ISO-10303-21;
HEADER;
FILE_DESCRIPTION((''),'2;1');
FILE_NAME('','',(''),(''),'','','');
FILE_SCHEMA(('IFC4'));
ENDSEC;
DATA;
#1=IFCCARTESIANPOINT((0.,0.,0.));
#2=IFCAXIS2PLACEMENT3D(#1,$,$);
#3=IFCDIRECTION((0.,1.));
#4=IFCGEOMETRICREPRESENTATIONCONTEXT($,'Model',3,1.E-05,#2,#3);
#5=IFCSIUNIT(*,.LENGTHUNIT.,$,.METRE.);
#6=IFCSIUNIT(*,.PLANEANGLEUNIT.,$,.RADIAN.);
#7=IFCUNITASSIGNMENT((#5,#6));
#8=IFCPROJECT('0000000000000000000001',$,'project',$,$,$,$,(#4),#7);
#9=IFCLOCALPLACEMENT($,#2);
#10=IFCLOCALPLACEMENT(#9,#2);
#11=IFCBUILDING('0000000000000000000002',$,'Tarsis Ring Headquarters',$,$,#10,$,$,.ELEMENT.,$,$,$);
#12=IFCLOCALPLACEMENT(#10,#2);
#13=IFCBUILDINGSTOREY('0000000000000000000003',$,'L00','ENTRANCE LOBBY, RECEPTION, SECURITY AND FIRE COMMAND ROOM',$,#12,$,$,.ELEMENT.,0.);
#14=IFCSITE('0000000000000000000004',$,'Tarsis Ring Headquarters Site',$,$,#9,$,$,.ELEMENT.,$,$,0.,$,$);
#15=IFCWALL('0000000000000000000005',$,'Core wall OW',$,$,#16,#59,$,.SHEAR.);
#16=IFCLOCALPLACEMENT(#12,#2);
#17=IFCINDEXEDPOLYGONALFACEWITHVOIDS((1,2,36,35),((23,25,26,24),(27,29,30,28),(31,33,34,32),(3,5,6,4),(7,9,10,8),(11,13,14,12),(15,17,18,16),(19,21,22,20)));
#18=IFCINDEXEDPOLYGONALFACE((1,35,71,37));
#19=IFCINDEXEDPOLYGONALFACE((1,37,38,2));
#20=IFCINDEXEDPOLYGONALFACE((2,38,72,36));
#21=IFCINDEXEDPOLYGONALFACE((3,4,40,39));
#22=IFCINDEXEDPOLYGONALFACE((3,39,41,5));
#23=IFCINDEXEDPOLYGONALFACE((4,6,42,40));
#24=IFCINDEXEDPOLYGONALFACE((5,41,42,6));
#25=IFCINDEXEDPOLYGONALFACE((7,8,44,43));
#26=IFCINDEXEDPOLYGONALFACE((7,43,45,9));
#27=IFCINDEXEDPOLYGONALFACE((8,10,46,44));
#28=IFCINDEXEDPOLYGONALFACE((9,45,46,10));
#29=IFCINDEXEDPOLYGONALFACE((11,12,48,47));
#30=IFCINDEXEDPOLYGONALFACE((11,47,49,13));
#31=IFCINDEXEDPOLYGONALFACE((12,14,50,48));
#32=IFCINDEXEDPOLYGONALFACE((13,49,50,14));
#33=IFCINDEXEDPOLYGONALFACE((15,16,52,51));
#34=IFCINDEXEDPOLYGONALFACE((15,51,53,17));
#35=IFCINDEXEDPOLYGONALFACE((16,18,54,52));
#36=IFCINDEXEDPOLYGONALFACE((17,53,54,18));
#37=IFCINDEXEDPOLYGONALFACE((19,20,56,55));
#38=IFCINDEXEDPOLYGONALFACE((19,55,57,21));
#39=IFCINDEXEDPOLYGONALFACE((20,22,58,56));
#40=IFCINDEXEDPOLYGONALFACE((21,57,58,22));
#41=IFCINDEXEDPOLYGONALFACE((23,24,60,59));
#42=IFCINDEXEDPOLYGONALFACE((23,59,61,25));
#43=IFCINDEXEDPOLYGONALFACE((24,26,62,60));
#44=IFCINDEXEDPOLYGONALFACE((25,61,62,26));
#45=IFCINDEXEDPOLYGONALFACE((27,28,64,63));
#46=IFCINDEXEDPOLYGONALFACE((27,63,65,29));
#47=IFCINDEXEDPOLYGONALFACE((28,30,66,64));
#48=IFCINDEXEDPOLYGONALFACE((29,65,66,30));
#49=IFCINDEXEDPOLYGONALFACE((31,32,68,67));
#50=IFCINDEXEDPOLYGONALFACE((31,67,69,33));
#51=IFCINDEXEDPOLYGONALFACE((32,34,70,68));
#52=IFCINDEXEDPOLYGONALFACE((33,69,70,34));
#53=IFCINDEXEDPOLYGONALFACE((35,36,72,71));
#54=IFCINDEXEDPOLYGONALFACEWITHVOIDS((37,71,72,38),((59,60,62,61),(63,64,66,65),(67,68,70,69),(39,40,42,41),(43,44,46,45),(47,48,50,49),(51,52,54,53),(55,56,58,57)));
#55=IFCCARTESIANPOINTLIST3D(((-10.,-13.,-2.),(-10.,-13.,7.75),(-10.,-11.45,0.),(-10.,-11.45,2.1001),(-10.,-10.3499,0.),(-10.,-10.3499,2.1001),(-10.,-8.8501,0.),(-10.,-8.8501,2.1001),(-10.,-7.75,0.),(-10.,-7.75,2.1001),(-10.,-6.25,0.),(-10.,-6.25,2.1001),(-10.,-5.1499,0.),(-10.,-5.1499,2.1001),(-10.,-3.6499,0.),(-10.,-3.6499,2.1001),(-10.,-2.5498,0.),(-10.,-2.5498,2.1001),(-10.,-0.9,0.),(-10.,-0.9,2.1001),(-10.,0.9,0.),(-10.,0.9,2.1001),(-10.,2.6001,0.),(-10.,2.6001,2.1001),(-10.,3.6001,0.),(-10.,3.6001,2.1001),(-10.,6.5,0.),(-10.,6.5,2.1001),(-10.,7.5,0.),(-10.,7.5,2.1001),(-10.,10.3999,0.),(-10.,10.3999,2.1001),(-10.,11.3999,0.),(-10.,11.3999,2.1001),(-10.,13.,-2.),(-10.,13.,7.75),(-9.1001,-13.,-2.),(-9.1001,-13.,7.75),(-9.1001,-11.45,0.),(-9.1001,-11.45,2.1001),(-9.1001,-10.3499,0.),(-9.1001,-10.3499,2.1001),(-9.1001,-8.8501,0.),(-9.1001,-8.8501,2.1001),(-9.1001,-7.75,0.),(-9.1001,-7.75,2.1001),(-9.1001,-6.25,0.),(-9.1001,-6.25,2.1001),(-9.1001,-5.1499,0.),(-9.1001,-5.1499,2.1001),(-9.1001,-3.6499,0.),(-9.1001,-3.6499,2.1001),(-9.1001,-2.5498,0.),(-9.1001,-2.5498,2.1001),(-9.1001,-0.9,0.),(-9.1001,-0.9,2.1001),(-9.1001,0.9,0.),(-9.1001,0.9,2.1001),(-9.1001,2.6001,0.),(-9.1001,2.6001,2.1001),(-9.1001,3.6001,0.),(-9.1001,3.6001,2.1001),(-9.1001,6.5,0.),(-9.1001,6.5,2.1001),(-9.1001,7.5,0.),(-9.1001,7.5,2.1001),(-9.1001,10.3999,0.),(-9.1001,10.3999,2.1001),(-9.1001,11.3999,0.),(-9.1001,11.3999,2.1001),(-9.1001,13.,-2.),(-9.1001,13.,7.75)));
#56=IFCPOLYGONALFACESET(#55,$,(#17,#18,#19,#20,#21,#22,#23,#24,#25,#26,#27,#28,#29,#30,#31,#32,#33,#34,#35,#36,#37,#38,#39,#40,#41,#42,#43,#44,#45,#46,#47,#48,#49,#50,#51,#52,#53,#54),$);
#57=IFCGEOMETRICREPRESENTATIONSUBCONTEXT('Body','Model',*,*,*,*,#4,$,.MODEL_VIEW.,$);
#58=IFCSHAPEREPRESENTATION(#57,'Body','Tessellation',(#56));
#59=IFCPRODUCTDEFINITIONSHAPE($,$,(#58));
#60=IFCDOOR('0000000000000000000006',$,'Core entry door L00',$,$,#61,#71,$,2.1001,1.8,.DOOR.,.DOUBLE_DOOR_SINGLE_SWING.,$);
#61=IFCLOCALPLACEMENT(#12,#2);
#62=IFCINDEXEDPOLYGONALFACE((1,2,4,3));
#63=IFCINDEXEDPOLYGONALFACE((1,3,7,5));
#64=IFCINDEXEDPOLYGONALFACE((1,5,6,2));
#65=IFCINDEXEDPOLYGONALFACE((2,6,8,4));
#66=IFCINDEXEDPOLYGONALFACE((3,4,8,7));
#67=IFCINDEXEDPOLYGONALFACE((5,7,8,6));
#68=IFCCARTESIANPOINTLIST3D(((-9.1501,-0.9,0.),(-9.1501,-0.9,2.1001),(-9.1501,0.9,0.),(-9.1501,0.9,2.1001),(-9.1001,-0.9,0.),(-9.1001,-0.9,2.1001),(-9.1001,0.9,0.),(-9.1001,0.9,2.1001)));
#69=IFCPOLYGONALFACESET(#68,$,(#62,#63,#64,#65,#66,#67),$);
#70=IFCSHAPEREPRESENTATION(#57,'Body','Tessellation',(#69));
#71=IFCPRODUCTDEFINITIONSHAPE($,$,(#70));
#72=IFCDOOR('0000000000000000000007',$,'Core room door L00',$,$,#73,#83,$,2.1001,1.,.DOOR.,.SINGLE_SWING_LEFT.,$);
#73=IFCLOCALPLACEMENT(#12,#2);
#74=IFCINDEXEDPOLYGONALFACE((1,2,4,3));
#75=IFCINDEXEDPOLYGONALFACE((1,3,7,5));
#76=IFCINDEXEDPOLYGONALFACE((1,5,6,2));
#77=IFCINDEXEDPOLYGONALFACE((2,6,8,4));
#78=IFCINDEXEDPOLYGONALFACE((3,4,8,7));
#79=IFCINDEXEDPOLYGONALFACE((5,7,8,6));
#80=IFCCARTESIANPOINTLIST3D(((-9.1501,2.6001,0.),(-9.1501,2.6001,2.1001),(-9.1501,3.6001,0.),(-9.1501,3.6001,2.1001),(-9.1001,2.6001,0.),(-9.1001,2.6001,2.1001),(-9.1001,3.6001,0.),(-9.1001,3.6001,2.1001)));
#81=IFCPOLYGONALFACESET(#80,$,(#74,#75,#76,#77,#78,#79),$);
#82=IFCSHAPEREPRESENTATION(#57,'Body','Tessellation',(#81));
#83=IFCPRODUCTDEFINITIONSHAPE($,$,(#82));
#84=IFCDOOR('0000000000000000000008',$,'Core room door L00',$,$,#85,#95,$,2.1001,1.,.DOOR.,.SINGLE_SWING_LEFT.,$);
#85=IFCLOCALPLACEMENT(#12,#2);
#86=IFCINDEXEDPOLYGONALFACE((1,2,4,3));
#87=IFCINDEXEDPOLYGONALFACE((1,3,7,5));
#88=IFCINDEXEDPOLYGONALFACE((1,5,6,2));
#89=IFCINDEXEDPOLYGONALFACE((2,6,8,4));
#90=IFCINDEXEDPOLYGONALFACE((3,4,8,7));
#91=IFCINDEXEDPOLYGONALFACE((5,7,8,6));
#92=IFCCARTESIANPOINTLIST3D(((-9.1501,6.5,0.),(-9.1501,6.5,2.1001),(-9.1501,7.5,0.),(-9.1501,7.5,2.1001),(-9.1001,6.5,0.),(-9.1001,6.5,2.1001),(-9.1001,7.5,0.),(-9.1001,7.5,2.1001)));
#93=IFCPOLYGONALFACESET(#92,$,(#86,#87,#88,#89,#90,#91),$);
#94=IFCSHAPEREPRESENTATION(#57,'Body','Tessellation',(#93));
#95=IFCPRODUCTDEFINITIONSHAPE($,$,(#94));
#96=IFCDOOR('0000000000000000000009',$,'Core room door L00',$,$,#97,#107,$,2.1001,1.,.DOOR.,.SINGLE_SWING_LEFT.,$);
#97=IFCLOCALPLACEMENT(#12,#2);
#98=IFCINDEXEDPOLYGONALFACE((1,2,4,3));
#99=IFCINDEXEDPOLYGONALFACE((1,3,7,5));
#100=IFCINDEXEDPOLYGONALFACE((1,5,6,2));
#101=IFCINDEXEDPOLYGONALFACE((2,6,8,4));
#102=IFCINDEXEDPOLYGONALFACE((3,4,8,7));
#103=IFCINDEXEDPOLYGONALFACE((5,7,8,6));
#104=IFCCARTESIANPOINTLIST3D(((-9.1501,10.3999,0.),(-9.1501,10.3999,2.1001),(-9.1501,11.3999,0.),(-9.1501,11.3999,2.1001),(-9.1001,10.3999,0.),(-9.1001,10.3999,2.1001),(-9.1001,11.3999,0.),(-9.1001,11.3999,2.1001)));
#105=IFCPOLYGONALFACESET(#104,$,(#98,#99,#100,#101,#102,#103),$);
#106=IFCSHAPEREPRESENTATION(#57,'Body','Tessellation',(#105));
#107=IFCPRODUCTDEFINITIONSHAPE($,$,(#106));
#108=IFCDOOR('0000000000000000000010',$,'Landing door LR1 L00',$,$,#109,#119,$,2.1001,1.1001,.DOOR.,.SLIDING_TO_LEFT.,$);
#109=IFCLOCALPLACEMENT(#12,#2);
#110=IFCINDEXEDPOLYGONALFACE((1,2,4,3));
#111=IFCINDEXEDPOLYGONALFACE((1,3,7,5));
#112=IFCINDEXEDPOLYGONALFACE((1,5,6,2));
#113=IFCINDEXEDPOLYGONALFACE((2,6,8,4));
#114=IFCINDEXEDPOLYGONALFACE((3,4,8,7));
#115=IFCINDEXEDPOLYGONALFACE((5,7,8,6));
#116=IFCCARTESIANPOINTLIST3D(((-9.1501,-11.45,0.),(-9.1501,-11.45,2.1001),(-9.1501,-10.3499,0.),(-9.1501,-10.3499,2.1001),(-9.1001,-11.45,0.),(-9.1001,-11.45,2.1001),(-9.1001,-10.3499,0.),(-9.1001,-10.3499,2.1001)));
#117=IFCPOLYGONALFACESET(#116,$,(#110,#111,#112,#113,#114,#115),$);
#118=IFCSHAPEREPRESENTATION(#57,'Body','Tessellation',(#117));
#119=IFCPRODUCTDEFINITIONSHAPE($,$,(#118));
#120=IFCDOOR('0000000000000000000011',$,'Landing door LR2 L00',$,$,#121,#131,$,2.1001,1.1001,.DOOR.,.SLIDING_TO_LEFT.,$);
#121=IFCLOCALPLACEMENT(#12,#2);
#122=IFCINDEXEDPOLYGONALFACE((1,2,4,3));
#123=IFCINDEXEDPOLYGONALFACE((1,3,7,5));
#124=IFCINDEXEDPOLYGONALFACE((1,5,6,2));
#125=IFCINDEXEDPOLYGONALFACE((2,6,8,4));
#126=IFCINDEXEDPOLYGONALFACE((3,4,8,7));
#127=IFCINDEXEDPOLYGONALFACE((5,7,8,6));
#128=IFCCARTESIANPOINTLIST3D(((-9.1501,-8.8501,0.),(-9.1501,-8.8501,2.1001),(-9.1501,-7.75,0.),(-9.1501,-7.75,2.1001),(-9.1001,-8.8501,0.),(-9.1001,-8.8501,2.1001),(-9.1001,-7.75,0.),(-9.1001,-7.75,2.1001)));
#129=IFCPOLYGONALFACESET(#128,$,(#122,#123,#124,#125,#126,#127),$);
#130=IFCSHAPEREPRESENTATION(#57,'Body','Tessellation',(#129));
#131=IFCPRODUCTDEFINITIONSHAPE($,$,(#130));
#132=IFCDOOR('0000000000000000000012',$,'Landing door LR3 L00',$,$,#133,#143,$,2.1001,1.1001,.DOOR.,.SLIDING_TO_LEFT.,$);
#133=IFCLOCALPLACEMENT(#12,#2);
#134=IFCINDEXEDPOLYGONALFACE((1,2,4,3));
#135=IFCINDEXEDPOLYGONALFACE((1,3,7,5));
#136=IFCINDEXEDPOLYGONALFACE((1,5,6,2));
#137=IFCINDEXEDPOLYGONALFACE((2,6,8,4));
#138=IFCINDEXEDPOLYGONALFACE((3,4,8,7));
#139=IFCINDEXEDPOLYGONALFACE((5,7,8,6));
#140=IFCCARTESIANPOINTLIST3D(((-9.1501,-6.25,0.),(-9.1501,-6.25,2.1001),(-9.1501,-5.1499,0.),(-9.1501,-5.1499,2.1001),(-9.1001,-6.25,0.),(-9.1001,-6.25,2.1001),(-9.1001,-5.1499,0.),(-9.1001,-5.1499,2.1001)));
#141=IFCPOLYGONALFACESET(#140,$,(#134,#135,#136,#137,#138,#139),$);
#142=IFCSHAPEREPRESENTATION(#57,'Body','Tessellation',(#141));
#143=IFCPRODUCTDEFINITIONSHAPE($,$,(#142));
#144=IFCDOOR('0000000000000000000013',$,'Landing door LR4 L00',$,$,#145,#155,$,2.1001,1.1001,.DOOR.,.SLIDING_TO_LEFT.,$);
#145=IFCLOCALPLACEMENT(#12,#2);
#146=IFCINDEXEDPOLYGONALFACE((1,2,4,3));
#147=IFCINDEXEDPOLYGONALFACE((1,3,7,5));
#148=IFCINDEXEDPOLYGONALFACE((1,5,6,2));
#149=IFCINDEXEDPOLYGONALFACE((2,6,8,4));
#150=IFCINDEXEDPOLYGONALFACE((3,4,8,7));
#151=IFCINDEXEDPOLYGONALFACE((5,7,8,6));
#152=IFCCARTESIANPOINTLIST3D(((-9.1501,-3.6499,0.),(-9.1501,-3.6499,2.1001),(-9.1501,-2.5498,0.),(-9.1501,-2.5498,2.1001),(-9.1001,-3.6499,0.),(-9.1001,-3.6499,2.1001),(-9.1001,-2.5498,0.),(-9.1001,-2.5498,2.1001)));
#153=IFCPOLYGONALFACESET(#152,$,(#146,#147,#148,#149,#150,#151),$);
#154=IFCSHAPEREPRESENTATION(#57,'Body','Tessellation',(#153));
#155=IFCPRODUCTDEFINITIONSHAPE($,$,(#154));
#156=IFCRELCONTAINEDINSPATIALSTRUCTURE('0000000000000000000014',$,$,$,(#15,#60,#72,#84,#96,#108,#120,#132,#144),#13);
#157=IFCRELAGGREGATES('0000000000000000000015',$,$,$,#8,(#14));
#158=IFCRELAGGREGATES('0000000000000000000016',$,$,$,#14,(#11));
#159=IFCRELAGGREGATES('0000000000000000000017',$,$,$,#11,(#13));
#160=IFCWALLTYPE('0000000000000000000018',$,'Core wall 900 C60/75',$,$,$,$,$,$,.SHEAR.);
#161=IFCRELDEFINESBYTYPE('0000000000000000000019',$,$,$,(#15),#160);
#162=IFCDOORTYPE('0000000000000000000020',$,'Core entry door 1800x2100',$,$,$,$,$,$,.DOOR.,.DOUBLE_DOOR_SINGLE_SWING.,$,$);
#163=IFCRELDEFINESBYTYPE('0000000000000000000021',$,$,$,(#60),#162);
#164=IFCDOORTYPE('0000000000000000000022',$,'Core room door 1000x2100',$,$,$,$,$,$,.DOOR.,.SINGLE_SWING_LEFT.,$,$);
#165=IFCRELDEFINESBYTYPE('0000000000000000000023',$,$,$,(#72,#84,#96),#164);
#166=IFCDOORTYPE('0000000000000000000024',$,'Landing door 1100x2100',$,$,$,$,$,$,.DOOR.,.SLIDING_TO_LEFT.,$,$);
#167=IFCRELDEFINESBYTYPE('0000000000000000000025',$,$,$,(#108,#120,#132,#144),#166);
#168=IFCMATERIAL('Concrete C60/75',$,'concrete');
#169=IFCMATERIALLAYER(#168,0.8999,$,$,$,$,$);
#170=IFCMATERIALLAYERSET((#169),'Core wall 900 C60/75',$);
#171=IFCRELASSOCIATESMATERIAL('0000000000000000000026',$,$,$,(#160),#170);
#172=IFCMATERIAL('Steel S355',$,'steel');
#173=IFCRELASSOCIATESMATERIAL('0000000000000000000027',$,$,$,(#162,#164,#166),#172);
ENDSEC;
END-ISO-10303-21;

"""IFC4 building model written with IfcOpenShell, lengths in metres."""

from ifc_helpers import new_model, si_unit, direction, frame, frame_2d, origin, place, context, subcontext, project, spatial, rectangle, extrude, material, layer, layer_set, type_object, element, fill, save


model = new_model("IFC4")

# Units and contexts
model_context = context("Model", 3, precision=1e-05, world=origin(), true_north=direction((0.0, 1.0)))
body_context = subcontext(model_context, "Body", "Model", "MODEL_VIEW")
ifc_project = project(units=[si_unit("LENGTHUNIT", "METRE"), si_unit("PLANEANGLEUNIT", "RADIAN")], contexts=[model_context])

# Site, building, storey
site_placement = place(None, origin())
site = spatial("IfcSite", under=ifc_project, at=site_placement, Name="Tarsis Ring Headquarters Site", CompositionType="ELEMENT", RefElevation=0.0)
building_placement = place(site_placement, origin())
building = spatial("IfcBuilding", under=site, at=building_placement, Name="Tarsis Ring Headquarters", CompositionType="ELEMENT")
storey_placement = place(building_placement, origin())
storey = spatial("IfcBuildingStorey", under=building, at=storey_placement, Name="L00", Description="ENTRANCE LOBBY, RECEPTION, SECURITY AND FIRE COMMAND ROOM", CompositionType="ELEMENT", Elevation=0.0)

# Wall, openings, doors
ifc_material_1 = material(Name="Concrete C60/75", Category="concrete")
ifc_layer_1 = layer(ifc_material_1, 0.8999)
ifc_layer_set_1 = layer_set([ifc_layer_1], Name="Core wall 900 C60/75")
wall_type_1 = type_object("IfcWallType", Name="Core wall 900 C60/75", PredefinedType="SHEAR", material=ifc_layer_set_1)
wall_1_placement = place(storey_placement, frame((-9.55, -13.0, -2.0), z_axis=(0.0, 0.0, 1.0), x_axis=(0.0, 1.0, 0.0)))
wall_1 = element("IfcWall", 1, at=wall_1_placement, inside=storey, type_object=wall_type_1, Name="Core wall OW", PredefinedType="SHEAR", context=body_context, shape_type="SweptSolid", body=[
    extrude(rectangle(XDim=26.0, YDim=0.8999, at=frame_2d((13.0, 0.0))), origin(), (0.0, 0.0, 1.0), 9.75),
])
opening_1_placement = place(wall_1_placement, frame((1.55, 0.0, 2.0)))
opening_1 = element("IfcOpeningElement", 2, at=opening_1_placement, cuts=wall_1, PredefinedType="OPENING", context=body_context, shape_type="SweptSolid", body=[
    extrude(rectangle(XDim=1.1001, YDim=2.1001, at=frame_2d((0.55, 1.05))), frame((0.0, 0.46, 0.0), z_axis=(0.0, -1.0, 0.0), x_axis=(1.0, 0.0, 0.0)), (0.0, 0.0, 1.0), 0.9199),
])
opening_2_placement = place(wall_1_placement, frame((4.1499, 0.0, 2.0)))
opening_2 = element("IfcOpeningElement", 3, at=opening_2_placement, cuts=wall_1, PredefinedType="OPENING", context=body_context, shape_type="SweptSolid", body=[
    extrude(rectangle(XDim=1.1001, YDim=2.1001, at=frame_2d((0.55, 1.05))), frame((0.0, 0.46, 0.0), z_axis=(0.0, -1.0, 0.0), x_axis=(1.0, 0.0, 0.0)), (0.0, 0.0, 1.0), 0.9199),
])
opening_3_placement = place(wall_1_placement, frame((6.75, 0.0, 2.0)))
opening_3 = element("IfcOpeningElement", 4, at=opening_3_placement, cuts=wall_1, PredefinedType="OPENING", context=body_context, shape_type="SweptSolid", body=[
    extrude(rectangle(XDim=1.1001, YDim=2.1001, at=frame_2d((0.55, 1.05))), frame((0.0, 0.46, 0.0), z_axis=(0.0, -1.0, 0.0), x_axis=(1.0, 0.0, 0.0)), (0.0, 0.0, 1.0), 0.9199),
])
opening_4_placement = place(wall_1_placement, frame((9.3501, 0.0, 2.0)))
opening_4 = element("IfcOpeningElement", 5, at=opening_4_placement, cuts=wall_1, PredefinedType="OPENING", context=body_context, shape_type="SweptSolid", body=[
    extrude(rectangle(XDim=1.1001, YDim=2.1001, at=frame_2d((0.55, 1.05))), frame((0.0, 0.46, 0.0), z_axis=(0.0, -1.0, 0.0), x_axis=(1.0, 0.0, 0.0)), (0.0, 0.0, 1.0), 0.9199),
])
opening_5_placement = place(wall_1_placement, frame((12.1001, 0.0, 2.0)))
opening_5 = element("IfcOpeningElement", 6, at=opening_5_placement, cuts=wall_1, PredefinedType="OPENING", context=body_context, shape_type="SweptSolid", body=[
    extrude(rectangle(XDim=1.8, YDim=2.1001, at=frame_2d((0.8999, 1.05))), frame((0.0, 0.46, 0.0), z_axis=(0.0, -1.0, 0.0), x_axis=(1.0, 0.0, 0.0)), (0.0, 0.0, 1.0), 0.9199),
])
opening_6_placement = place(wall_1_placement, frame((15.6001, 0.0, 2.0)))
opening_6 = element("IfcOpeningElement", 7, at=opening_6_placement, cuts=wall_1, PredefinedType="OPENING", context=body_context, shape_type="SweptSolid", body=[
    extrude(rectangle(XDim=1.0, YDim=2.1001, at=frame_2d((0.5, 1.05))), frame((0.0, 0.46, 0.0), z_axis=(0.0, -1.0, 0.0), x_axis=(1.0, 0.0, 0.0)), (0.0, 0.0, 1.0), 0.9199),
])
opening_7_placement = place(wall_1_placement, frame((19.5, 0.0, 2.0)))
opening_7 = element("IfcOpeningElement", 8, at=opening_7_placement, cuts=wall_1, PredefinedType="OPENING", context=body_context, shape_type="SweptSolid", body=[
    extrude(rectangle(XDim=1.0, YDim=2.1001, at=frame_2d((0.5, 1.05))), frame((0.0, 0.46, 0.0), z_axis=(0.0, -1.0, 0.0), x_axis=(1.0, 0.0, 0.0)), (0.0, 0.0, 1.0), 0.9199),
])
opening_8_placement = place(wall_1_placement, frame((23.3999, 0.0, 2.0)))
opening_8 = element("IfcOpeningElement", 9, at=opening_8_placement, cuts=wall_1, PredefinedType="OPENING", context=body_context, shape_type="SweptSolid", body=[
    extrude(rectangle(XDim=1.0, YDim=2.1001, at=frame_2d((0.5, 1.05))), frame((0.0, 0.46, 0.0), z_axis=(0.0, -1.0, 0.0), x_axis=(1.0, 0.0, 0.0)), (0.0, 0.0, 1.0), 0.9199),
])
ifc_material_2 = material(Name="Steel S355", Category="steel")
door_type_1 = type_object("IfcDoorType", Name="Core entry door 1800x2100", OperationType="DOUBLE_DOOR_SINGLE_SWING", PredefinedType="DOOR", material=ifc_material_2)
door_1_placement = place(opening_5_placement, origin())
door_1 = element("IfcDoor", 10, at=door_1_placement, inside=storey, type_object=door_type_1, Name="Core entry door L00", OperationType="DOUBLE_DOOR_SINGLE_SWING", OverallHeight=2.1001, OverallWidth=1.8, PredefinedType="DOOR", context=body_context, shape_type="SweptSolid", body=[
    extrude(rectangle(XDim=1.8, YDim=2.1001, at=frame_2d((0.8999, 1.05))), frame((0.0, -0.3999, 0.0), z_axis=(0.0, -1.0, 0.0), x_axis=(1.0, 0.0, 0.0)), (0.0, 0.0, 1.0), 0.05),
])
fill(opening_5, door_1)
door_type_2 = type_object("IfcDoorType", Name="Core room door 1000x2100", OperationType="SINGLE_SWING_LEFT", PredefinedType="DOOR", material=ifc_material_2)
door_2_placement = place(opening_6_placement, origin())
door_2 = element("IfcDoor", 11, at=door_2_placement, inside=storey, type_object=door_type_2, Name="Core room door L00", OperationType="SINGLE_SWING_LEFT", OverallHeight=2.1001, OverallWidth=1.0, PredefinedType="DOOR", context=body_context, shape_type="SweptSolid", body=[
    extrude(rectangle(XDim=1.0, YDim=2.1001, at=frame_2d((0.5, 1.05))), frame((0.0, -0.3999, 0.0), z_axis=(0.0, -1.0, 0.0), x_axis=(1.0, 0.0, 0.0)), (0.0, 0.0, 1.0), 0.05),
])
fill(opening_6, door_2)
door_3_placement = place(opening_7_placement, origin())
door_3 = element("IfcDoor", 12, at=door_3_placement, inside=storey, type_object=door_type_2, Name="Core room door L00", OperationType="SINGLE_SWING_LEFT", OverallHeight=2.1001, OverallWidth=1.0, PredefinedType="DOOR", context=body_context, shape_type="SweptSolid", body=[
    extrude(rectangle(XDim=1.0, YDim=2.1001, at=frame_2d((0.5, 1.05))), frame((0.0, -0.3999, 0.0), z_axis=(0.0, -1.0, 0.0), x_axis=(1.0, 0.0, 0.0)), (0.0, 0.0, 1.0), 0.05),
])
fill(opening_7, door_3)
door_4_placement = place(opening_8_placement, origin())
door_4 = element("IfcDoor", 13, at=door_4_placement, inside=storey, type_object=door_type_2, Name="Core room door L00", OperationType="SINGLE_SWING_LEFT", OverallHeight=2.1001, OverallWidth=1.0, PredefinedType="DOOR", context=body_context, shape_type="SweptSolid", body=[
    extrude(rectangle(XDim=1.0, YDim=2.1001, at=frame_2d((0.5, 1.05))), frame((0.0, -0.3999, 0.0), z_axis=(0.0, -1.0, 0.0), x_axis=(1.0, 0.0, 0.0)), (0.0, 0.0, 1.0), 0.05),
])
fill(opening_8, door_4)
door_type_3 = type_object("IfcDoorType", Name="Landing door 1100x2100", OperationType="SLIDING_TO_LEFT", PredefinedType="DOOR", material=ifc_material_2)
door_5_placement = place(opening_1_placement, origin())
door_5 = element("IfcDoor", 14, at=door_5_placement, inside=storey, type_object=door_type_3, Name="Landing door LR1 L00", OperationType="SLIDING_TO_LEFT", OverallHeight=2.1001, OverallWidth=1.1001, PredefinedType="DOOR", context=body_context, shape_type="SweptSolid", body=[
    extrude(rectangle(XDim=1.1001, YDim=2.1001, at=frame_2d((0.55, 1.05))), frame((0.0, -0.3999, 0.0), z_axis=(0.0, -1.0, 0.0), x_axis=(1.0, 0.0, 0.0)), (0.0, 0.0, 1.0), 0.05),
])
fill(opening_1, door_5)
door_6_placement = place(opening_2_placement, origin())
door_6 = element("IfcDoor", 15, at=door_6_placement, inside=storey, type_object=door_type_3, Name="Landing door LR2 L00", OperationType="SLIDING_TO_LEFT", OverallHeight=2.1001, OverallWidth=1.1001, PredefinedType="DOOR", context=body_context, shape_type="SweptSolid", body=[
    extrude(rectangle(XDim=1.1001, YDim=2.1001, at=frame_2d((0.55, 1.05))), frame((0.0, -0.3999, 0.0), z_axis=(0.0, -1.0, 0.0), x_axis=(1.0, 0.0, 0.0)), (0.0, 0.0, 1.0), 0.05),
])
fill(opening_2, door_6)
door_7_placement = place(opening_3_placement, origin())
door_7 = element("IfcDoor", 16, at=door_7_placement, inside=storey, type_object=door_type_3, Name="Landing door LR3 L00", OperationType="SLIDING_TO_LEFT", OverallHeight=2.1001, OverallWidth=1.1001, PredefinedType="DOOR", context=body_context, shape_type="SweptSolid", body=[
    extrude(rectangle(XDim=1.1001, YDim=2.1001, at=frame_2d((0.55, 1.05))), frame((0.0, -0.3999, 0.0), z_axis=(0.0, -1.0, 0.0), x_axis=(1.0, 0.0, 0.0)), (0.0, 0.0, 1.0), 0.05),
])
fill(opening_3, door_7)
door_8_placement = place(opening_4_placement, origin())
door_8 = element("IfcDoor", 17, at=door_8_placement, inside=storey, type_object=door_type_3, Name="Landing door LR4 L00", OperationType="SLIDING_TO_LEFT", OverallHeight=2.1001, OverallWidth=1.1001, PredefinedType="DOOR", context=body_context, shape_type="SweptSolid", body=[
    extrude(rectangle(XDim=1.1001, YDim=2.1001, at=frame_2d((0.55, 1.05))), frame((0.0, -0.3999, 0.0), z_axis=(0.0, -1.0, 0.0), x_axis=(1.0, 0.0, 0.0)), (0.0, 0.0, 1.0), 0.05),
])
fill(opening_4, door_8)

save(model, "model.ifc")
